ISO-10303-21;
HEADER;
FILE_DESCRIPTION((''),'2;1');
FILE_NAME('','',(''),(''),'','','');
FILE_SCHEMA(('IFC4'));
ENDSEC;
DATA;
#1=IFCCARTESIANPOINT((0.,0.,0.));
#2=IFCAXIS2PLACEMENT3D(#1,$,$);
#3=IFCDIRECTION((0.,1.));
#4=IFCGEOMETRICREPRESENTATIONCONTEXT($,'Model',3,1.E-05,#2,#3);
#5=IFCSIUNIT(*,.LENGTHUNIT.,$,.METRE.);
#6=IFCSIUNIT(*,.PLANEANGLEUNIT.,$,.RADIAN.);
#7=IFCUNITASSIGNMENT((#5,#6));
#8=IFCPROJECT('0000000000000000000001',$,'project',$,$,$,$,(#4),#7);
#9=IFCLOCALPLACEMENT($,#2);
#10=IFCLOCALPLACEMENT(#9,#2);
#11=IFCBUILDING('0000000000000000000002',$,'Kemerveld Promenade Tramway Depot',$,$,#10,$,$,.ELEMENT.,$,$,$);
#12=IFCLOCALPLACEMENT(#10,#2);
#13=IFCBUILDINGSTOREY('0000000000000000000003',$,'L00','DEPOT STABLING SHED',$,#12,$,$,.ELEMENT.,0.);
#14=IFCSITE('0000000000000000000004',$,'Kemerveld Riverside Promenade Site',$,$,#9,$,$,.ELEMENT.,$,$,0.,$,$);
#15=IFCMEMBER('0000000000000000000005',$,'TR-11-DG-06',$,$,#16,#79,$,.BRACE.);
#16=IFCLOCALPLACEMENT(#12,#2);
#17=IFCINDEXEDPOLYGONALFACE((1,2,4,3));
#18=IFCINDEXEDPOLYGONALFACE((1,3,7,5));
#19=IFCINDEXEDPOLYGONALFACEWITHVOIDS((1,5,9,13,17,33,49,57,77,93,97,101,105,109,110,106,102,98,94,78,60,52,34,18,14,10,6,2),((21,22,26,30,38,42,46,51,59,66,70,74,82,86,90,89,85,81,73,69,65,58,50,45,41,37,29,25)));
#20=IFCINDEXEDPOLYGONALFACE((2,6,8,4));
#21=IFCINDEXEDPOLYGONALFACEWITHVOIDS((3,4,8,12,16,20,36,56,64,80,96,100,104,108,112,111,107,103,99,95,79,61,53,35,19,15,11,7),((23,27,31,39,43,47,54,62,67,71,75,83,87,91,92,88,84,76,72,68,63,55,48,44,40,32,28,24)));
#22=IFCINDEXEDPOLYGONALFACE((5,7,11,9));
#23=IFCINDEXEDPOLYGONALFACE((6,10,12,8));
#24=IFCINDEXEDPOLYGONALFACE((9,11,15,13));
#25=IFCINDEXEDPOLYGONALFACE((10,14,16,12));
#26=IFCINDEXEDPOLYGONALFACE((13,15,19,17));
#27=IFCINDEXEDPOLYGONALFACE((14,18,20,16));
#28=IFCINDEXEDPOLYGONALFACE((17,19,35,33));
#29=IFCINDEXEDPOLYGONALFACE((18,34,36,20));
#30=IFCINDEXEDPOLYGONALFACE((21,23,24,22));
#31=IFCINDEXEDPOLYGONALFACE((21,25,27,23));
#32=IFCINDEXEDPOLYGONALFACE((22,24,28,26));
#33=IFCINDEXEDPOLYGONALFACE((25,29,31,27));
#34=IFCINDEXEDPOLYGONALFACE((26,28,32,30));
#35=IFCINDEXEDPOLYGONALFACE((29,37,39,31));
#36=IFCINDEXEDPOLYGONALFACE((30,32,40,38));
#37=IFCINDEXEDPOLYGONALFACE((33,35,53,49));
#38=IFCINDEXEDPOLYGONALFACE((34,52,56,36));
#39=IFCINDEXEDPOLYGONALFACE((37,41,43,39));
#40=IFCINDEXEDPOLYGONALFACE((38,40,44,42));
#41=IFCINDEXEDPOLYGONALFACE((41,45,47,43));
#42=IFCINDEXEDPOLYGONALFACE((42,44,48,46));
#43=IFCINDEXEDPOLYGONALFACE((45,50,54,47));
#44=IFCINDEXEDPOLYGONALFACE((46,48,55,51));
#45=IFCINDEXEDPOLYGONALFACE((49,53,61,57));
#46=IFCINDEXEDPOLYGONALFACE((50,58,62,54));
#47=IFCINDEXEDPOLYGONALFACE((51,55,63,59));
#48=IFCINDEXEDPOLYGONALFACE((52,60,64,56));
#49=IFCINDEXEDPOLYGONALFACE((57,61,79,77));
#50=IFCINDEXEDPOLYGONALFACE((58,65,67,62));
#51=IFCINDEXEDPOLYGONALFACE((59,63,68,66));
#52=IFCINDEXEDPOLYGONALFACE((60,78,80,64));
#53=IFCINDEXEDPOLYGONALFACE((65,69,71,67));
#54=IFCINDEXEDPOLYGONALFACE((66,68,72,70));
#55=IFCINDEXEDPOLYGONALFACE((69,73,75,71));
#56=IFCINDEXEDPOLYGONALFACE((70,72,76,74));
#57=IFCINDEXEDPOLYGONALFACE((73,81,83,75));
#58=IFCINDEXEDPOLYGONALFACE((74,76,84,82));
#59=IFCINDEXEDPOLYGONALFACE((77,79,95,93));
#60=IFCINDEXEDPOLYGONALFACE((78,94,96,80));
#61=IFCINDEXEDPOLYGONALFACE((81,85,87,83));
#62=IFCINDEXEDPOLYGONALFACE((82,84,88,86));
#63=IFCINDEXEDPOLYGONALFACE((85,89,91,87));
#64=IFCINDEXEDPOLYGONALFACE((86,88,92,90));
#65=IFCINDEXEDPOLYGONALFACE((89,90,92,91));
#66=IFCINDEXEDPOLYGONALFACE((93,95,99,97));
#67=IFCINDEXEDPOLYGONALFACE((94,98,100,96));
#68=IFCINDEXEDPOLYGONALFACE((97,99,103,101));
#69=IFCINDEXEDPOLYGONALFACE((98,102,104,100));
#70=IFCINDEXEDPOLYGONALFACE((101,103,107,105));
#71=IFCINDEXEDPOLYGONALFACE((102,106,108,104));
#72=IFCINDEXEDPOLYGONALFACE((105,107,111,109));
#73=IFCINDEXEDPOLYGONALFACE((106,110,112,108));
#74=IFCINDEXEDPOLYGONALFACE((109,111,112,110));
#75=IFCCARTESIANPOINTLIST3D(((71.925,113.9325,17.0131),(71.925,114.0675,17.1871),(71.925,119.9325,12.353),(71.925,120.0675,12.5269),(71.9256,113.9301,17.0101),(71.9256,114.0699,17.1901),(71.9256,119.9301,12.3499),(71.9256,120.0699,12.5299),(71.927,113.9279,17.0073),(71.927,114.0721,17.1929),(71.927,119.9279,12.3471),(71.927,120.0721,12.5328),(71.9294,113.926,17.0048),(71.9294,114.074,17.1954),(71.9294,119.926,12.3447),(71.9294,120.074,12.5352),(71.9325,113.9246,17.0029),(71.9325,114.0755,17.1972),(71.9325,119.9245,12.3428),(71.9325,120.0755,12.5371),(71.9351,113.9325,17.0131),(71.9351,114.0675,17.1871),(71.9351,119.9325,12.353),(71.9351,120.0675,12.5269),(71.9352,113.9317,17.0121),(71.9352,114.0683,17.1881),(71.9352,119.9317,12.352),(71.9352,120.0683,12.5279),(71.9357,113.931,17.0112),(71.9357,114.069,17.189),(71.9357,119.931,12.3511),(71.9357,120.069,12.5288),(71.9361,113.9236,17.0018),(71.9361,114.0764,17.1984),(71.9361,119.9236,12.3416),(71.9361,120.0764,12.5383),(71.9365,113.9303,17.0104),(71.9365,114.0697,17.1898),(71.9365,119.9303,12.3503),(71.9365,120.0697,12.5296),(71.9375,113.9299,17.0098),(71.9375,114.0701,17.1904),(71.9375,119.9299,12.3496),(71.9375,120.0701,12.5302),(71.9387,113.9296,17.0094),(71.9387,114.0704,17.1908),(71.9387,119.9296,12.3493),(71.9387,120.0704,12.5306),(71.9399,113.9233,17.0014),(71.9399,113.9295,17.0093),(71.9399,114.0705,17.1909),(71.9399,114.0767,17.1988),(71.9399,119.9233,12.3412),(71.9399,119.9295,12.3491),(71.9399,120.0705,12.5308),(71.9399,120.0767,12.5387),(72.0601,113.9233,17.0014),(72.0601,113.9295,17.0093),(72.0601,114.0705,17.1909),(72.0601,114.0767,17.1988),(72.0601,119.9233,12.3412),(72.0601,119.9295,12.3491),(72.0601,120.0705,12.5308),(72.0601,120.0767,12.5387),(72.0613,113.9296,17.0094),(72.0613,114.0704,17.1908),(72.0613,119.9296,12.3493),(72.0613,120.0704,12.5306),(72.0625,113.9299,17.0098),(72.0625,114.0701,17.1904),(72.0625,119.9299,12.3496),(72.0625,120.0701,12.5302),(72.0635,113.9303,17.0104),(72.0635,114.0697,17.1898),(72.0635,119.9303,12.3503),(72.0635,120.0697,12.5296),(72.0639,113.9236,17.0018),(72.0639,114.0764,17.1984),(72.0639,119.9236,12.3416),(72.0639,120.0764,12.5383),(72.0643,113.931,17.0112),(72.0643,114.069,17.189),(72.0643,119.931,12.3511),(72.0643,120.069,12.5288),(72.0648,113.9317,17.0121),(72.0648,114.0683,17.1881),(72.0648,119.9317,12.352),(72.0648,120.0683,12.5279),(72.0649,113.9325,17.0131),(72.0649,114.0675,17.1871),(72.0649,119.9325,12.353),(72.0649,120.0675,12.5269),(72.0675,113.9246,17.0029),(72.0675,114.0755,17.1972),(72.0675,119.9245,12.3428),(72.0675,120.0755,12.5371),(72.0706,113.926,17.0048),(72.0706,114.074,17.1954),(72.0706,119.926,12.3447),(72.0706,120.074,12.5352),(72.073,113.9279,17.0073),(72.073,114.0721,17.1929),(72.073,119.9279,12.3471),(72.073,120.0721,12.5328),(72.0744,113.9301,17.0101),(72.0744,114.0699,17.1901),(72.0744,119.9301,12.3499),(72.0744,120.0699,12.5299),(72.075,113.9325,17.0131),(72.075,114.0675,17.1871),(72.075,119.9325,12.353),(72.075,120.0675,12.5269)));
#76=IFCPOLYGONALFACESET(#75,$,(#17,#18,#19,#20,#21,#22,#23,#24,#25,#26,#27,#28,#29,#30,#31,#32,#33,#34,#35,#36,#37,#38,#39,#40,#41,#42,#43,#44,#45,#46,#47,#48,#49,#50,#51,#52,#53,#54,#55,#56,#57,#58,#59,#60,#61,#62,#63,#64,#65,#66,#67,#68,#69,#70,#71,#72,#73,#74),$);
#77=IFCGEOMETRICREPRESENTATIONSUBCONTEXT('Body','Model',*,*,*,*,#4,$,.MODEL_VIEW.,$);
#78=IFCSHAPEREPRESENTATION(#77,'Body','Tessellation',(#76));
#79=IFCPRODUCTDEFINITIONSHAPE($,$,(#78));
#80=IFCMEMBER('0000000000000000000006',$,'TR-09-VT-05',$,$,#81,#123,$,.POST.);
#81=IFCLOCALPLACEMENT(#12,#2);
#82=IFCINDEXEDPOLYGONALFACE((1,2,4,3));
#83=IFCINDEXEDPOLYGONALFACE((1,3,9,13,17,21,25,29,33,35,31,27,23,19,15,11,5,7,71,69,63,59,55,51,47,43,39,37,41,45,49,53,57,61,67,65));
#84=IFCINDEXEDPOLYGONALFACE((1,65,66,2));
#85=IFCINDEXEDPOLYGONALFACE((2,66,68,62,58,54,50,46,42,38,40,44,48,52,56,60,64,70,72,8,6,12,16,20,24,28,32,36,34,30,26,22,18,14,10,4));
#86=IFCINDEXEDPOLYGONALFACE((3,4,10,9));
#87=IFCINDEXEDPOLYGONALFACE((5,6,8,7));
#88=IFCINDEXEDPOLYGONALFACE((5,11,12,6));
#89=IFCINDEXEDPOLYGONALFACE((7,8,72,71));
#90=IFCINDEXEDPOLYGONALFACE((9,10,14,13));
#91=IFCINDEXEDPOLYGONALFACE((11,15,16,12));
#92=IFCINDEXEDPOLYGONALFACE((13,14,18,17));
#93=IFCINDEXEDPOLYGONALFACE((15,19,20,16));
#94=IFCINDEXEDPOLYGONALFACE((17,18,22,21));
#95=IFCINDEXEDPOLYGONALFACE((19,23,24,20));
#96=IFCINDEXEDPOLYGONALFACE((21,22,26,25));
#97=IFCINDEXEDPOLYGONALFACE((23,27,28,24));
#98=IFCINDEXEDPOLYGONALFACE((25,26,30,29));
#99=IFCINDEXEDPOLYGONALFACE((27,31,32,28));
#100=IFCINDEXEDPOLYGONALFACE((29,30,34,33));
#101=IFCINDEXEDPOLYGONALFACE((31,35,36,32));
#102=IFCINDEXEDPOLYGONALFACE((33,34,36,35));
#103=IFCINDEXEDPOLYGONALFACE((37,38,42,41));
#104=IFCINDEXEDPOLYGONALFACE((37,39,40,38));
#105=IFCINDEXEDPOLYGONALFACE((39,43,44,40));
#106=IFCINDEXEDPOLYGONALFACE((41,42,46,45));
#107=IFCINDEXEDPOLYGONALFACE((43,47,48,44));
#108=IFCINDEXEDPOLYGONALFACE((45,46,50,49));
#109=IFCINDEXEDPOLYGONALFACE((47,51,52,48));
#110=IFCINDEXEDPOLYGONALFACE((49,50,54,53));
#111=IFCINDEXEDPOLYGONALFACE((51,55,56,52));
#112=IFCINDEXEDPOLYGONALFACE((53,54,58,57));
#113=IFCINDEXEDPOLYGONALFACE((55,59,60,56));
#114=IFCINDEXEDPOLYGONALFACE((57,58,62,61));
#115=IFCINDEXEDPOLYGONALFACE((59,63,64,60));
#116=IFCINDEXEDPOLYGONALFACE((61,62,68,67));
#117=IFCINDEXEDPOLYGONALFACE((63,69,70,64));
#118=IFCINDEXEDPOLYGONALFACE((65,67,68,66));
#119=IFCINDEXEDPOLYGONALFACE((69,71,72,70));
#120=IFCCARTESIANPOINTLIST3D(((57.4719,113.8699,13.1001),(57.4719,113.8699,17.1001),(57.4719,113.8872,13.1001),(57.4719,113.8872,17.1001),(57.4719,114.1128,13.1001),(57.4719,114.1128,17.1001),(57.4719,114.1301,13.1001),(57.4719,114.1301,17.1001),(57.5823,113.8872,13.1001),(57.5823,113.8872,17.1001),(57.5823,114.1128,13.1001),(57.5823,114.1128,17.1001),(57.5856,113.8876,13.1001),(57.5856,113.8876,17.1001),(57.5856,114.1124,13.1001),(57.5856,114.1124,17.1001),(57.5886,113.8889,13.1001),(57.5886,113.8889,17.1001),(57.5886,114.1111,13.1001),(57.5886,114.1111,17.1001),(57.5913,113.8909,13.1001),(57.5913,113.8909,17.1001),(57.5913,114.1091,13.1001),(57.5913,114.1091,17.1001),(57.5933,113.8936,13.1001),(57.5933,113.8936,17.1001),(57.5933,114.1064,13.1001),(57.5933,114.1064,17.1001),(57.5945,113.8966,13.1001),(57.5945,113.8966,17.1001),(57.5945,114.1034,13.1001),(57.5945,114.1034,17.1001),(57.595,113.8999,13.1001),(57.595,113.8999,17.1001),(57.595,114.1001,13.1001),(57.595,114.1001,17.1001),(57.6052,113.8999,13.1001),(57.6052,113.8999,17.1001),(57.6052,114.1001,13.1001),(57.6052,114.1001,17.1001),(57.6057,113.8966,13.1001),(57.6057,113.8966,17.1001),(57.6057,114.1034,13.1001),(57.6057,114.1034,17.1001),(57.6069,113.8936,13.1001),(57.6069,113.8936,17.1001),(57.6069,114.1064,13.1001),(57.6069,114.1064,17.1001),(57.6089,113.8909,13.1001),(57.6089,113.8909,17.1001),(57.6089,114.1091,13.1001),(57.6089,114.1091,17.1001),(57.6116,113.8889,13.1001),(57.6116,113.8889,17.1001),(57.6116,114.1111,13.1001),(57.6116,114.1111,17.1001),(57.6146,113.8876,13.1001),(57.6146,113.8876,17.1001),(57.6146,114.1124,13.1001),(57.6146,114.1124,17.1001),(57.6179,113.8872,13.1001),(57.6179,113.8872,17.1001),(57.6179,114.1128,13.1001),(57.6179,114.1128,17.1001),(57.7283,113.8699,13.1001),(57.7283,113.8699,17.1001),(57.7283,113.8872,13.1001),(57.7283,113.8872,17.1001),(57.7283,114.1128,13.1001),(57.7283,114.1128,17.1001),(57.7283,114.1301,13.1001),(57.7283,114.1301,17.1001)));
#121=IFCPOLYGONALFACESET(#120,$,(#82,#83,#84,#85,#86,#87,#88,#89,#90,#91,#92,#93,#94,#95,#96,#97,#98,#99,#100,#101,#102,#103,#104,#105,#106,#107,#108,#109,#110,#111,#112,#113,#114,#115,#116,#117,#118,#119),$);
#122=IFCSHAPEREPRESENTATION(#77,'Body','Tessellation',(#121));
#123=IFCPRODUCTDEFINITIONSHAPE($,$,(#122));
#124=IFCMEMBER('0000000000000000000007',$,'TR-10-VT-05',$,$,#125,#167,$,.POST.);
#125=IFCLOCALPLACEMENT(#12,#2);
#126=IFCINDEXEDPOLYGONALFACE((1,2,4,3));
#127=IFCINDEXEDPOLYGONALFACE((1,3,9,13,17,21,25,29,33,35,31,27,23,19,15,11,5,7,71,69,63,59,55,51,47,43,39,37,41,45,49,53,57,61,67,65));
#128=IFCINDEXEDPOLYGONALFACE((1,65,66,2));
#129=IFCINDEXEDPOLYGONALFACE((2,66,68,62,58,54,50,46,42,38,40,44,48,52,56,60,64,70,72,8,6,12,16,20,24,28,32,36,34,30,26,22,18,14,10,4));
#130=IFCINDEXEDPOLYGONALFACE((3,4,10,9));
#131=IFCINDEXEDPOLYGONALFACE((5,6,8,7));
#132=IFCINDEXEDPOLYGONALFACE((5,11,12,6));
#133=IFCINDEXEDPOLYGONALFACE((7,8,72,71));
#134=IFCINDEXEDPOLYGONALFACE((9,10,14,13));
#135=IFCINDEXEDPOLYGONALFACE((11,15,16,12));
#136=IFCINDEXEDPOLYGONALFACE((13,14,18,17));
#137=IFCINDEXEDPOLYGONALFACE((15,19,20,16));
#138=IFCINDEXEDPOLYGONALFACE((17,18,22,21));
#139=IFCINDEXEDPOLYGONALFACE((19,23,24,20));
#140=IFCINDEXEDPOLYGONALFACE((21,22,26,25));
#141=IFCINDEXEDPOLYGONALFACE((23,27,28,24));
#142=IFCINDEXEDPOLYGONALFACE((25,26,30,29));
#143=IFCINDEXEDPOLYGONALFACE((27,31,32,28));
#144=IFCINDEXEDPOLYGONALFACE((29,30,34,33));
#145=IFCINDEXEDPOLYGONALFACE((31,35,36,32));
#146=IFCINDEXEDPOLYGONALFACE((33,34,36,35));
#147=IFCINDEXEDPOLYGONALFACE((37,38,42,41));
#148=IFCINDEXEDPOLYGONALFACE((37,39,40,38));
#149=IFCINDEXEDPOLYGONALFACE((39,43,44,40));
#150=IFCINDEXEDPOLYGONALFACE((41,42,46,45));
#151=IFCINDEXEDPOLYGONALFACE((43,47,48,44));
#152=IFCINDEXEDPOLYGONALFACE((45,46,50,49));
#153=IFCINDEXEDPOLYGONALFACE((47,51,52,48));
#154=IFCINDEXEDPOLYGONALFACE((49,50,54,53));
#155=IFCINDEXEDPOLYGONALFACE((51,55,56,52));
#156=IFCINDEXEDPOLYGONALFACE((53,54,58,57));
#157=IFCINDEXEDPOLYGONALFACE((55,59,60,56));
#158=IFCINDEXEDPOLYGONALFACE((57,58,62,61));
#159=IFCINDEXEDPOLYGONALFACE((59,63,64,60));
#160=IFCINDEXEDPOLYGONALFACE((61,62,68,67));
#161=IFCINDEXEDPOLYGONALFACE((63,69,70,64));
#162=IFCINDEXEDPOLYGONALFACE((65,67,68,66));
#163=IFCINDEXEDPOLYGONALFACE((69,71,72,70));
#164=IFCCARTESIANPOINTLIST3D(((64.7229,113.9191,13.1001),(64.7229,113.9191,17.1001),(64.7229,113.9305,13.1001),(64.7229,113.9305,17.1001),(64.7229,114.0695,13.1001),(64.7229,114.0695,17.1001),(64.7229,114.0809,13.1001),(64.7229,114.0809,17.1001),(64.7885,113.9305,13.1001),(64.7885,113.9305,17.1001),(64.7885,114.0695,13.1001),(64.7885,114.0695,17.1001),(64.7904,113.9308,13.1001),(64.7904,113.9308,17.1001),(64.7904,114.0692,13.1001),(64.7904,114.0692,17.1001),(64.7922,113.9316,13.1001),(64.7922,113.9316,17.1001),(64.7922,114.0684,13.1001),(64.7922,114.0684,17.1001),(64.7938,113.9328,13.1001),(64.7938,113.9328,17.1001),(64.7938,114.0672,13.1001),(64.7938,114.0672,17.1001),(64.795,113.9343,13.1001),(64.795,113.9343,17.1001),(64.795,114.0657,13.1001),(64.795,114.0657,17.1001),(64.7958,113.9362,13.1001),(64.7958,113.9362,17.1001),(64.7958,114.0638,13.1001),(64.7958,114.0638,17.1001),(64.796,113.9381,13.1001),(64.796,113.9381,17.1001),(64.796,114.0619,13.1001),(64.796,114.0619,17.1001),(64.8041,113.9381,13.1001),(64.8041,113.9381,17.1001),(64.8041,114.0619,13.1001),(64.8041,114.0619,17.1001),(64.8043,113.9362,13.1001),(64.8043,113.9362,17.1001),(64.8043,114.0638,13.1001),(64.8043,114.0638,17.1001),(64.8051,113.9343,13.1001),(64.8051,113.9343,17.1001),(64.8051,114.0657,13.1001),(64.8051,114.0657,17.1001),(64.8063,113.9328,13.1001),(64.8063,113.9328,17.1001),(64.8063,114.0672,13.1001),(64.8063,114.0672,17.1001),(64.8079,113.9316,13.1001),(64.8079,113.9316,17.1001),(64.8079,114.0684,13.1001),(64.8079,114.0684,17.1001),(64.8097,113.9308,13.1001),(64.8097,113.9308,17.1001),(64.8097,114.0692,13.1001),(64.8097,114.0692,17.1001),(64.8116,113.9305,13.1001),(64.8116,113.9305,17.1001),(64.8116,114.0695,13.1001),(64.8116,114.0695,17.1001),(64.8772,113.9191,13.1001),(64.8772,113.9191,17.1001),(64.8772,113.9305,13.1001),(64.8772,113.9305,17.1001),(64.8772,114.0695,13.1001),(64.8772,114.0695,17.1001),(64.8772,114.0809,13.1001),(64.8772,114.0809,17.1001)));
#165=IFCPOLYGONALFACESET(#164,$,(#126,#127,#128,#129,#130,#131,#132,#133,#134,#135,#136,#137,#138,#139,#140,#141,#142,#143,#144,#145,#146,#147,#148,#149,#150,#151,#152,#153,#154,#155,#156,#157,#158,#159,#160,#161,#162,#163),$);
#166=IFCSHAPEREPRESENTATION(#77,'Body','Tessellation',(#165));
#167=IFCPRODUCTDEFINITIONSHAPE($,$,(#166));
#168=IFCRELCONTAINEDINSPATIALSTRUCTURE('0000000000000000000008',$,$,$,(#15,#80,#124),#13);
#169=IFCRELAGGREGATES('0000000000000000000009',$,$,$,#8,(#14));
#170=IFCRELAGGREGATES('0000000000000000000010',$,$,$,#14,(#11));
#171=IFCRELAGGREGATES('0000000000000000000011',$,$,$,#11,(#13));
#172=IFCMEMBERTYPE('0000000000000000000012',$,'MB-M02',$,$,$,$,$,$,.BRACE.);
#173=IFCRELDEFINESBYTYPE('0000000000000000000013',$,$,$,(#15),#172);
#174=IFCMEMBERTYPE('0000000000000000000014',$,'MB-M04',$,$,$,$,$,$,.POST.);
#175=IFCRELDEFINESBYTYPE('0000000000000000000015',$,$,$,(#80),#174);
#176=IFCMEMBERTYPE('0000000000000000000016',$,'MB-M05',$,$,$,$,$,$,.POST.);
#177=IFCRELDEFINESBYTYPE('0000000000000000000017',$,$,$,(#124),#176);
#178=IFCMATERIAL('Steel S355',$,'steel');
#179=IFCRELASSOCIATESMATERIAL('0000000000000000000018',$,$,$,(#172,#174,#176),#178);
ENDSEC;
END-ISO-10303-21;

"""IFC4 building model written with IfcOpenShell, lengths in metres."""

from ifc_helpers import new_model, si_unit, direction, frame, origin, origin_2d, place, context, subcontext, project, spatial, hollow_rectangle, i_section, extrude, material, material_profile, profile_set, type_object, element, save


model = new_model("IFC4")

# Units and contexts
model_context = context("Model", 3, precision=1e-05, world=origin(), true_north=direction((0.0, 1.0)))
body_context = subcontext(model_context, "Body", "Model", "MODEL_VIEW")
ifc_project = project(units=[si_unit("LENGTHUNIT", "METRE"), si_unit("PLANEANGLEUNIT", "RADIAN")], contexts=[model_context])

# Site, building, storey
site_placement = place(None, origin())
site = spatial("IfcSite", under=ifc_project, at=site_placement, Name="Kemerveld Riverside Promenade Site", CompositionType="ELEMENT", RefElevation=0.0)
building_placement = place(site_placement, origin())
building = spatial("IfcBuilding", under=site, at=building_placement, Name="Kemerveld Promenade Tramway Depot", CompositionType="ELEMENT")
storey_placement = place(building_placement, origin())
storey = spatial("IfcBuildingStorey", under=building, at=storey_placement, Name="L00", Description="DEPOT STABLING SHED", CompositionType="ELEMENT", Elevation=0.0)

# Members
ifc_material_1 = material(Name="Steel S355", Category="steel")
ifc_material_profile_1 = material_profile(ifc_material_1, hollow_rectangle(XDim=0.1499, YDim=0.25, WallThickness=0.01, InnerFilletRadius=0.0049, OuterFilletRadius=0.0149, at=origin_2d()), Name="250x150x10.0 RHS")
ifc_profile_set_1 = profile_set([ifc_material_profile_1], Name="Steel S355")
member_type_1 = type_object("IfcMemberType", Name="MB-M02", PredefinedType="BRACE", material=ifc_profile_set_1)
member_1_placement = place(storey_placement, frame((72.0, 120.0, 12.4399), z_axis=(0.0, -0.789767, 0.613407), x_axis=(1.0, 0.0, 0.0)))
element("IfcMember", 1, at=member_1_placement, inside=storey, type_object=member_type_1, Name="TR-11-DG-06", PredefinedType="BRACE", context=body_context, shape_type="SweptSolid", body=[
    extrude(hollow_rectangle(XDim=0.1499, YDim=0.25, WallThickness=0.01, InnerFilletRadius=0.0049, OuterFilletRadius=0.0149, at=origin_2d()), origin(), (0.0, 0.0, 1.0), 7.5972),
])
ifc_material_profile_2 = material_profile(ifc_material_1, i_section(OverallWidth=0.2563, OverallDepth=0.2603, WebThickness=0.0103, FlangeThickness=0.0173, FilletRadius=0.0127, at=origin_2d()), Name="254x254x89 UC")
ifc_profile_set_2 = profile_set([ifc_material_profile_2], Name="Steel S355")
member_type_2 = type_object("IfcMemberType", Name="MB-M04", PredefinedType="POST", material=ifc_profile_set_2)
member_2_placement = place(storey_placement, frame((57.6001, 114.0, 13.1001), z_axis=(0.0, 0.0, 1.0), x_axis=(1.0, 0.0, 0.0)))
element("IfcMember", 2, at=member_2_placement, inside=storey, type_object=member_type_2, Name="TR-09-VT-05", PredefinedType="POST", context=body_context, shape_type="SweptSolid", body=[
    extrude(i_section(OverallWidth=0.2563, OverallDepth=0.2603, WebThickness=0.0103, FlangeThickness=0.0173, FilletRadius=0.0127, at=origin_2d()), origin(), (0.0, 0.0, 1.0), 4.0),
])
ifc_material_profile_3 = material_profile(ifc_material_1, i_section(OverallWidth=0.1543, OverallDepth=0.1619, WebThickness=0.0081, FlangeThickness=0.0115, FilletRadius=0.0076, at=origin_2d()), Name="152x152x37 UC")
ifc_profile_set_3 = profile_set([ifc_material_profile_3], Name="Steel S355")
member_type_3 = type_object("IfcMemberType", Name="MB-M05", PredefinedType="POST", material=ifc_profile_set_3)
member_3_placement = place(storey_placement, frame((64.8, 114.0, 13.1001), z_axis=(0.0, 0.0, 1.0), x_axis=(1.0, 0.0, 0.0)))
element("IfcMember", 3, at=member_3_placement, inside=storey, type_object=member_type_3, Name="TR-10-VT-05", PredefinedType="POST", context=body_context, shape_type="SweptSolid", body=[
    extrude(i_section(OverallWidth=0.1543, OverallDepth=0.1619, WebThickness=0.0081, FlangeThickness=0.0115, FilletRadius=0.0076, at=origin_2d()), origin(), (0.0, 0.0, 1.0), 4.0),
])

save(model, "model.ifc")
